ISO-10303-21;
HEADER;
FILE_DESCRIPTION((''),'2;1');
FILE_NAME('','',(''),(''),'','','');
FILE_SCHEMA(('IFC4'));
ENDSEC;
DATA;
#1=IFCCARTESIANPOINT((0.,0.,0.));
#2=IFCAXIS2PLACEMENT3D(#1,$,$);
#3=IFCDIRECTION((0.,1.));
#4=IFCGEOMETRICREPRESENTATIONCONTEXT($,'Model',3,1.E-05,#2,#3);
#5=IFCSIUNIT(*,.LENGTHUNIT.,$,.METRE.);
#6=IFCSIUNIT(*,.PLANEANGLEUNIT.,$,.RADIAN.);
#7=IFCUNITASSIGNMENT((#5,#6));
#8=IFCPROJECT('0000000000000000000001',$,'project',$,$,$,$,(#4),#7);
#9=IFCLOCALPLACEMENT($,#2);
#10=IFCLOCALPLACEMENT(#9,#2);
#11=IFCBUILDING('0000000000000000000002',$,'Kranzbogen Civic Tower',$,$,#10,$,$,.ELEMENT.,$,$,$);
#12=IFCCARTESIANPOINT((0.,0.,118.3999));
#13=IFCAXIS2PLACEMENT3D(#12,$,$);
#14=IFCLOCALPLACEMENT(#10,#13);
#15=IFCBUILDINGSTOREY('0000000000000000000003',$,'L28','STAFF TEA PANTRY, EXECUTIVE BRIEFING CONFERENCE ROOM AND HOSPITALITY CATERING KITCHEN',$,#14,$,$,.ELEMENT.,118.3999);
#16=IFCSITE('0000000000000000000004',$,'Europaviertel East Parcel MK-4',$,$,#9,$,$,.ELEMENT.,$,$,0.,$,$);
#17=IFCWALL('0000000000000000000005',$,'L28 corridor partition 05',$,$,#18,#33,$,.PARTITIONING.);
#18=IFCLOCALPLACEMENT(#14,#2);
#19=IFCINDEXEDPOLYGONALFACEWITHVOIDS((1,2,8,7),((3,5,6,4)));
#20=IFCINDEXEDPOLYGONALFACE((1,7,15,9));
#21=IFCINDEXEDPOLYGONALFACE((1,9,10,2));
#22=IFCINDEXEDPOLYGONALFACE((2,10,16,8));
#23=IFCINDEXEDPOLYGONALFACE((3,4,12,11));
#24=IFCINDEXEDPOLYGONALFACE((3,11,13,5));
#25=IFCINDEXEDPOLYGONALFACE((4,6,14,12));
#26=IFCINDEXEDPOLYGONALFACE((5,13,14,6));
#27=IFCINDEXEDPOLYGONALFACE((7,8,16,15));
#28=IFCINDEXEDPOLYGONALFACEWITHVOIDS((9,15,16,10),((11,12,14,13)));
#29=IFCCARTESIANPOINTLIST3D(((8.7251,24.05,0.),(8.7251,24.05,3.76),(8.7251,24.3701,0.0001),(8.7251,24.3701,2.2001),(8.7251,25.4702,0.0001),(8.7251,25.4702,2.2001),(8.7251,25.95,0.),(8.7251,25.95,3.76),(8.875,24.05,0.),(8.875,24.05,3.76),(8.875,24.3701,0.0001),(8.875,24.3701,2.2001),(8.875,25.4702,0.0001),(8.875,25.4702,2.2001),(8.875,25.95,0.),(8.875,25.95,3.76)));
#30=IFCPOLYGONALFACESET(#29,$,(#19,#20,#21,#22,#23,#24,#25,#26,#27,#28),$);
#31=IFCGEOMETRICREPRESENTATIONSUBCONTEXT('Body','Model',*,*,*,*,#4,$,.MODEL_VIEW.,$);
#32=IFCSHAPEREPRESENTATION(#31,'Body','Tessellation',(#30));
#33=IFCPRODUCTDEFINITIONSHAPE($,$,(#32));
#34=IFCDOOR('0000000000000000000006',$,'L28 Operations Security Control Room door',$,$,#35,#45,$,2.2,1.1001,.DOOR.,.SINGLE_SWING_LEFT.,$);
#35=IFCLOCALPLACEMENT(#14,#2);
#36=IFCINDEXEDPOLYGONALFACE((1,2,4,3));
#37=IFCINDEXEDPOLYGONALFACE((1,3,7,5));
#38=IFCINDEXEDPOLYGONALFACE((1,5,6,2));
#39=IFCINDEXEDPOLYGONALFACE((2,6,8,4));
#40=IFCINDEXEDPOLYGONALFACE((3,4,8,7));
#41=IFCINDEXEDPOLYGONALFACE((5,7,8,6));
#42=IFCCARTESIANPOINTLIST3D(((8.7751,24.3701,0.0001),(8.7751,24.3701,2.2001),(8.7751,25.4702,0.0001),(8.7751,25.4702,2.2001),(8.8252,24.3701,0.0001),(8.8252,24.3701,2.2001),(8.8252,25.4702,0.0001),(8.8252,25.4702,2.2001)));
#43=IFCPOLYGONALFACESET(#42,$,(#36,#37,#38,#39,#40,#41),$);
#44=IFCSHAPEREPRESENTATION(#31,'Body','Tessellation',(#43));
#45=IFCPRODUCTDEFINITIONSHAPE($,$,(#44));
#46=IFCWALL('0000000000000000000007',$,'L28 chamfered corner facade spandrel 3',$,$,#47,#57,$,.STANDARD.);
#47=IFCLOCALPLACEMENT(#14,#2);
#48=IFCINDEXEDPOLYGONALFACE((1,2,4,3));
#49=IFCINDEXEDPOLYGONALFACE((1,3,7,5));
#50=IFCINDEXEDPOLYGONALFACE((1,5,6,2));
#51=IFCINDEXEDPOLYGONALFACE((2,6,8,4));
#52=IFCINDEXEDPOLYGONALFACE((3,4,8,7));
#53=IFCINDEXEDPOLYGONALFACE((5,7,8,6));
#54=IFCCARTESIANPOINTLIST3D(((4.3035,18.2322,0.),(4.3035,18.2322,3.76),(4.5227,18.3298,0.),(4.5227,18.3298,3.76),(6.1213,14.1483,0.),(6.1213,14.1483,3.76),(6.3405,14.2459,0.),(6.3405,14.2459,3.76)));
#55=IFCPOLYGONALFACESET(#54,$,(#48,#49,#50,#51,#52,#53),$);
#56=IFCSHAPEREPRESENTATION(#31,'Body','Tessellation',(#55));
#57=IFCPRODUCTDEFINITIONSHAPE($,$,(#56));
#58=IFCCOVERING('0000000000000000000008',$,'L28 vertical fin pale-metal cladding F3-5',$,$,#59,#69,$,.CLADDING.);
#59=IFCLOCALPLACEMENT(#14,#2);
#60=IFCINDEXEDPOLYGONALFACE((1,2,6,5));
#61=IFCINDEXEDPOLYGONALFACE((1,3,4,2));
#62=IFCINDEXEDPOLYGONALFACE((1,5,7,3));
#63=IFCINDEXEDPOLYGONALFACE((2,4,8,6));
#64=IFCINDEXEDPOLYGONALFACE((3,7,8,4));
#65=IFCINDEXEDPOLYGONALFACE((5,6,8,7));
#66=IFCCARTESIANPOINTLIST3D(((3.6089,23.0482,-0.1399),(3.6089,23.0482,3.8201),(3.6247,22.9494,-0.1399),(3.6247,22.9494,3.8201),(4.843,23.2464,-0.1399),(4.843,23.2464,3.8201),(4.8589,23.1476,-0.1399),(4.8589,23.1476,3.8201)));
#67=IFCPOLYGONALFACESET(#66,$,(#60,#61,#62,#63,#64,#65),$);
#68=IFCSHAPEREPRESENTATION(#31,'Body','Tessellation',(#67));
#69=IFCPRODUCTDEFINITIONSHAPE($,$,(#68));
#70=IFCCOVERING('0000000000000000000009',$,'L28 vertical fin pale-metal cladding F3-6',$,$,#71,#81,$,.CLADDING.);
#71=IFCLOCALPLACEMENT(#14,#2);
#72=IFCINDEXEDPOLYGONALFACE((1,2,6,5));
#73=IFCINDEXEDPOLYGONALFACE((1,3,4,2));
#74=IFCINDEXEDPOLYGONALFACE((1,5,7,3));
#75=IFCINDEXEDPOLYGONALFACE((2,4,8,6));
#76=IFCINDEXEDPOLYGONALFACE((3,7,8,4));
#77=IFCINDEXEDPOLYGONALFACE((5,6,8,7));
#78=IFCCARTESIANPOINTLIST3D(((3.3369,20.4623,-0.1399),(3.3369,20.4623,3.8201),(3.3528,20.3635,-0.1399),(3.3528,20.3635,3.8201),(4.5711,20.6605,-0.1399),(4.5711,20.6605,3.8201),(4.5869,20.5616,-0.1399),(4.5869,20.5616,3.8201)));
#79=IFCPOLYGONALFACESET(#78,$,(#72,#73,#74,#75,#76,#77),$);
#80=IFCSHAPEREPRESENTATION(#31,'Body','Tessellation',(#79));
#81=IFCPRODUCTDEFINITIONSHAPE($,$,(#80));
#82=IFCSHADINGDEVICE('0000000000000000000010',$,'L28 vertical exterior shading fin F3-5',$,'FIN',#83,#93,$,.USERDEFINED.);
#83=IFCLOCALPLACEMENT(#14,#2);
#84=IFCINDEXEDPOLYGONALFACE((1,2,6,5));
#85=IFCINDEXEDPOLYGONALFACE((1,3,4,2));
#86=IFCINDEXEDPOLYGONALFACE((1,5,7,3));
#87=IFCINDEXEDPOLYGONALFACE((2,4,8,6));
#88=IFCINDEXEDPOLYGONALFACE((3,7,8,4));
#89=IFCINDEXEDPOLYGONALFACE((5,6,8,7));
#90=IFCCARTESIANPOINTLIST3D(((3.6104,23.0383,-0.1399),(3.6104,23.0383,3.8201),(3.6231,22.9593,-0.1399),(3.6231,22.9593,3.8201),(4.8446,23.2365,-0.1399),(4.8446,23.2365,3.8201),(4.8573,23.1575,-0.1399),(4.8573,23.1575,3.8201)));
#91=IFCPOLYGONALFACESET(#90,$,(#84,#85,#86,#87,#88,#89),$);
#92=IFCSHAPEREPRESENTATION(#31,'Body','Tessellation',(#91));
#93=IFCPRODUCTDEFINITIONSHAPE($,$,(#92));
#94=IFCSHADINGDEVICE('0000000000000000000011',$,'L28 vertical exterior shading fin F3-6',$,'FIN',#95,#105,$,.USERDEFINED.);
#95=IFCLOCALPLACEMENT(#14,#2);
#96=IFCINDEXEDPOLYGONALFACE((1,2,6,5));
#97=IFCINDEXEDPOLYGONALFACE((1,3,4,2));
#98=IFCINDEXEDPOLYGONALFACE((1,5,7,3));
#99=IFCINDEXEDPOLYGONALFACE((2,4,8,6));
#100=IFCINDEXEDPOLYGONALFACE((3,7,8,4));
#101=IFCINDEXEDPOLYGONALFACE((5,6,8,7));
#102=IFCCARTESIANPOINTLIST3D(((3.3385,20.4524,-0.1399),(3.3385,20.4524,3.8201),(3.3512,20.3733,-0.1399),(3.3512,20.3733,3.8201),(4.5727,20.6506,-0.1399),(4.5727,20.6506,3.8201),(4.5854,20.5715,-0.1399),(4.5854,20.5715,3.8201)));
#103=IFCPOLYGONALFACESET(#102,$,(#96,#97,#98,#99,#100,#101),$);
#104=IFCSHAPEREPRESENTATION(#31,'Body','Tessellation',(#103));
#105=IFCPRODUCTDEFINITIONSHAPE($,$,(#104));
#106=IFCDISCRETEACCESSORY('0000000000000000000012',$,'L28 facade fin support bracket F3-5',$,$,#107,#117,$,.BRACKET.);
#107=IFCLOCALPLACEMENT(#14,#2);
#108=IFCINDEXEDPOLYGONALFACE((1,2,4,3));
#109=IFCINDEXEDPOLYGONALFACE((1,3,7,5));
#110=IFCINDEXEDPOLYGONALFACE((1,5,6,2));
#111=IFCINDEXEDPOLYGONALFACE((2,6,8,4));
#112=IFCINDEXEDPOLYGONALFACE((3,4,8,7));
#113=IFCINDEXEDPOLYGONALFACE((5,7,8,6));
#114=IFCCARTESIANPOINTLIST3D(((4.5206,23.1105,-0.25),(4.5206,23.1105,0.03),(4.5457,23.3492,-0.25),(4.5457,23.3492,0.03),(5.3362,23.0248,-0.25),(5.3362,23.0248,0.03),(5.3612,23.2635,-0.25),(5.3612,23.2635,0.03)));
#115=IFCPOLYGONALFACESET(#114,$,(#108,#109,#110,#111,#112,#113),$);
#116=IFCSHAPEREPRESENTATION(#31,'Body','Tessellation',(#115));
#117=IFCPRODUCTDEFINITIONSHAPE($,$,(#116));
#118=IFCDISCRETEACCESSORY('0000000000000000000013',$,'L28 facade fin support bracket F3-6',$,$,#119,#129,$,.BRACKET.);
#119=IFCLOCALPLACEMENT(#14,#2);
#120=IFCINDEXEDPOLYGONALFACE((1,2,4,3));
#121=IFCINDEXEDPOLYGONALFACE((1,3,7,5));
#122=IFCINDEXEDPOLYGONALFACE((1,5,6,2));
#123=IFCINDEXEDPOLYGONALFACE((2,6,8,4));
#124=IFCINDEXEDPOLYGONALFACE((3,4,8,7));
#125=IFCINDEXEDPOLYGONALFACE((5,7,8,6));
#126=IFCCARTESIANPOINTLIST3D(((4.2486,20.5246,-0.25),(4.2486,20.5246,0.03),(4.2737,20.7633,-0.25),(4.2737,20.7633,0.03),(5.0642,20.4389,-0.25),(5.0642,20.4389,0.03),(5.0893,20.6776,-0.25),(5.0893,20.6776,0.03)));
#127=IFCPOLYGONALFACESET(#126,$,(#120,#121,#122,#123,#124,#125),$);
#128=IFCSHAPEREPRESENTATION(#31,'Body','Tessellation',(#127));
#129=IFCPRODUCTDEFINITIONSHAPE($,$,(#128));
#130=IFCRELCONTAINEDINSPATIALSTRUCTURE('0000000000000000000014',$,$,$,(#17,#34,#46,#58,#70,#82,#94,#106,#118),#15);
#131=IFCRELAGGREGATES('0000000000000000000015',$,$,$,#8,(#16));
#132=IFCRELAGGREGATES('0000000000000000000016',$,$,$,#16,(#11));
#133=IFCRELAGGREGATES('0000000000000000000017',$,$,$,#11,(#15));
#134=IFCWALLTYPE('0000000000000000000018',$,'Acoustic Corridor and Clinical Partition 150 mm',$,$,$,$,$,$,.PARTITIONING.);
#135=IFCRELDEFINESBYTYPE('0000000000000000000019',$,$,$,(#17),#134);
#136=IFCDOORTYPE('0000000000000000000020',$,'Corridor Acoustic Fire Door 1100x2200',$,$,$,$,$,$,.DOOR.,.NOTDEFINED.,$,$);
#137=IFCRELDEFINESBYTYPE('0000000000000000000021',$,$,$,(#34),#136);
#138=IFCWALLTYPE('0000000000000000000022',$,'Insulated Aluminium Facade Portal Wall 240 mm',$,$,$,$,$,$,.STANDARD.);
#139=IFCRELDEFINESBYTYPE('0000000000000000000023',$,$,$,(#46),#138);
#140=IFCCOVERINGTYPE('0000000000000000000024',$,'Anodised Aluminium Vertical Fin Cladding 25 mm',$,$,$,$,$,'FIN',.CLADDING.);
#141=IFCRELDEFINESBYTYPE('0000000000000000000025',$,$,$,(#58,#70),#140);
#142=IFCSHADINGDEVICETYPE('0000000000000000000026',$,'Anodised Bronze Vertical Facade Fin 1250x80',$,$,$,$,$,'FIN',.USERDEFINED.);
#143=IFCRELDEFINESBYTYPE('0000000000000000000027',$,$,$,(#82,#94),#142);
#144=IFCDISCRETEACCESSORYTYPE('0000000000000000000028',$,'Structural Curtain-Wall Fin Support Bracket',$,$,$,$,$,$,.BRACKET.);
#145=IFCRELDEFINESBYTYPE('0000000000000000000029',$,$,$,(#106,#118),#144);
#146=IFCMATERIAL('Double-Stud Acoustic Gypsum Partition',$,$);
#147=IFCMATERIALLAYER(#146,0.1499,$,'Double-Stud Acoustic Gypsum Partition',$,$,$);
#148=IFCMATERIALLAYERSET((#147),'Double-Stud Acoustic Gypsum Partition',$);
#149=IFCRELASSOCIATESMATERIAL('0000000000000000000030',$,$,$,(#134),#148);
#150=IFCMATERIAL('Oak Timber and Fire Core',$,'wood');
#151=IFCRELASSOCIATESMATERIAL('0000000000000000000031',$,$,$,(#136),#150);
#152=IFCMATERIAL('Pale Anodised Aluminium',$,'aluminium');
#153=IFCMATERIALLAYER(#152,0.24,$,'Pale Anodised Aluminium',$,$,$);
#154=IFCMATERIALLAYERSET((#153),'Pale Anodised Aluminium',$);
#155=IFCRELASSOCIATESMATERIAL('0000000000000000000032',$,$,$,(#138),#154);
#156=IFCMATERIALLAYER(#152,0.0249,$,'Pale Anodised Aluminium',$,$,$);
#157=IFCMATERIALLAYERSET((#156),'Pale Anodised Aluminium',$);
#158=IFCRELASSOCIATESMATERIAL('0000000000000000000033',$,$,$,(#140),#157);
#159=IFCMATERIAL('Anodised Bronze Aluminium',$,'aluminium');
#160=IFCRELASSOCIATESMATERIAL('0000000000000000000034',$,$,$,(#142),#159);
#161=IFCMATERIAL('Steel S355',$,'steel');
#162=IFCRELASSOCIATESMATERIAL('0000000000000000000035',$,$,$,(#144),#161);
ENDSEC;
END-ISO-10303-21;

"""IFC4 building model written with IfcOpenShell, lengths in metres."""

from ifc_helpers import new_model, si_unit, direction, frame, frame_2d, origin, origin_2d, place, context, subcontext, project, spatial, rectangle, extrude, material, layer, layer_set, type_object, element, fill, save


model = new_model("IFC4")

# Units and contexts
model_context = context("Model", 3, precision=1e-05, world=origin(), true_north=direction((0.0, 1.0)))
body_context = subcontext(model_context, "Body", "Model", "MODEL_VIEW")
ifc_project = project(units=[si_unit("LENGTHUNIT", "METRE"), si_unit("PLANEANGLEUNIT", "RADIAN")], contexts=[model_context])

# Site, building, storey
site_placement = place(None, origin())
site = spatial("IfcSite", under=ifc_project, at=site_placement, Name="Europaviertel East Parcel MK-4", CompositionType="ELEMENT", RefElevation=0.0)
building_placement = place(site_placement, origin())
building = spatial("IfcBuilding", under=site, at=building_placement, Name="Kranzbogen Civic Tower", CompositionType="ELEMENT")
storey_placement = place(building_placement, frame((0.0, 0.0, 118.3999)))
storey = spatial("IfcBuildingStorey", under=building, at=storey_placement, Name="L28", Description="STAFF TEA PANTRY, EXECUTIVE BRIEFING CONFERENCE ROOM AND HOSPITALITY CATERING KITCHEN", CompositionType="ELEMENT", Elevation=118.3999)

# Shared definitions
ifc_material_1 = material(Name="Pale Anodised Aluminium", Category="aluminium")

# Shared definitions
ifc_material_2 = material(Name="Steel S355", Category="steel")

# Shared definitions
ifc_material_3 = material(Name="Double-Stud Acoustic Gypsum Partition")
ifc_layer_1 = layer(ifc_material_3, 0.1499, Name="Double-Stud Acoustic Gypsum Partition")
ifc_layer_set_1 = layer_set([ifc_layer_1], Name="Double-Stud Acoustic Gypsum Partition")
wall_type_1 = type_object("IfcWallType", Name="Acoustic Corridor and Clinical Partition 150 mm", PredefinedType="PARTITIONING", material=ifc_layer_set_1)

# Wall, opening, door
wall_1_placement = place(storey_placement, frame((8.8, 24.05, 0.0), z_axis=(0.0, 0.0, 1.0), x_axis=(0.0, 1.0, 0.0)))
wall_1 = element("IfcWall", 1, at=wall_1_placement, inside=storey, type_object=wall_type_1, Name="L28 corridor partition 05", PredefinedType="PARTITIONING", context=body_context, shape_type="SweptSolid", body=[
    extrude(rectangle(XDim=1.8999, YDim=0.1499, at=frame_2d((0.95, 0.0))), origin(), (0.0, 0.0, 1.0), 3.76),
])
opening_placement = place(wall_1_placement, frame((0.3201, 0.0, 0.0)))
opening = element("IfcOpeningElement", 2, at=opening_placement, cuts=wall_1, PredefinedType="OPENING", context=body_context, shape_type="SweptSolid", body=[
    extrude(rectangle(XDim=1.1001, YDim=2.2, at=frame_2d((0.55, 1.1001))), frame((0.0, 0.085, 0.0), z_axis=(0.0, -1.0, 0.0), x_axis=(1.0, 0.0, 0.0)), (0.0, 0.0, 1.0), 0.1699),
])
ifc_material_4 = material(Name="Oak Timber and Fire Core", Category="wood")
door_type = type_object("IfcDoorType", Name="Corridor Acoustic Fire Door 1100x2200", OperationType="NOTDEFINED", PredefinedType="DOOR", material=ifc_material_4)
door_placement = place(opening_placement, origin())
door = element("IfcDoor", 3, at=door_placement, inside=storey, type_object=door_type, Name="L28 Operations Security Control Room door", OperationType="SINGLE_SWING_LEFT", OverallHeight=2.2, OverallWidth=1.1001, PredefinedType="DOOR", context=body_context, shape_type="SweptSolid", body=[
    extrude(rectangle(XDim=1.1001, YDim=2.2, at=frame_2d((0.55, 1.1001))), frame((0.0, 0.0249, 0.0), z_axis=(0.0, -1.0, 0.0), x_axis=(1.0, 0.0, 0.0)), (0.0, 0.0, 1.0), 0.05),
])
fill(opening, door)

# Wall
ifc_layer_2 = layer(ifc_material_1, 0.24, Name="Pale Anodised Aluminium")
ifc_layer_set_2 = layer_set([ifc_layer_2], Name="Pale Anodised Aluminium")
wall_type_2 = type_object("IfcWallType", Name="Insulated Aluminium Facade Portal Wall 240 mm", PredefinedType="STANDARD", material=ifc_layer_set_2)
wall_2_placement = place(storey_placement, frame((4.4131, 18.281, 0.0), z_axis=(0.0, 0.0, 1.0), x_axis=(0.406655, -0.913582, 0.0)))
element("IfcWall", 4, at=wall_2_placement, inside=storey, type_object=wall_type_2, Name="L28 chamfered corner facade spandrel 3", PredefinedType="STANDARD", context=body_context, shape_type="SweptSolid", body=[
    extrude(rectangle(XDim=4.4702, YDim=0.24, at=frame_2d((2.2351, 0.0))), origin(), (0.0, 0.0, 1.0), 3.76),
])

# Coverings
ifc_layer_3 = layer(ifc_material_1, 0.0249, Name="Pale Anodised Aluminium")
ifc_layer_set_3 = layer_set([ifc_layer_3], Name="Pale Anodised Aluminium")
covering_type = type_object("IfcCoveringType", Name="Anodised Aluminium Vertical Fin Cladding 25 mm", ElementType="FIN", PredefinedType="CLADDING", material=ifc_layer_set_3)
for number, where, z_axis, x_axis, name in (
    (5, (4.2339, 23.0979, -0.1399), (0.0, 0.0, 1.0), (-0.98735, -0.158554, 0.0), "L28 vertical fin pale-metal cladding F3-5"),
    (6, (3.9619, 20.512, -0.1399), (0.0, 0.0, 1.0), (-0.98735, -0.158554, 0.0), "L28 vertical fin pale-metal cladding F3-6"),
):
    element("IfcCovering", number, at=place(storey_placement, frame(where, z_axis=z_axis, x_axis=x_axis)), inside=storey, type_object=covering_type, Name=name, PredefinedType="CLADDING", context=body_context, shape_type="SweptSolid", body=[
        extrude(rectangle(XDim=1.25, YDim=0.1001, at=origin_2d()), origin(), (0.0, 0.0, 1.0), 3.96),
    ])

# Shading devices
ifc_material_5 = material(Name="Anodised Bronze Aluminium", Category="aluminium")
shading_device_type = type_object("IfcShadingDeviceType", Name="Anodised Bronze Vertical Facade Fin 1250x80", ElementType="FIN", PredefinedType="USERDEFINED", material=ifc_material_5)
for number, where, z_axis, x_axis, name in (
    (7, (4.2339, 23.0979, -0.1399), (0.0, 0.0, 1.0), (-0.98735, -0.158554, 0.0), "L28 vertical exterior shading fin F3-5"),
    (8, (3.9619, 20.512, -0.1399), (0.0, 0.0, 1.0), (-0.98735, -0.158554, 0.0), "L28 vertical exterior shading fin F3-6"),
):
    element("IfcShadingDevice", number, at=place(storey_placement, frame(where, z_axis=z_axis, x_axis=x_axis)), inside=storey, type_object=shading_device_type, Name=name, ObjectType="FIN", PredefinedType="USERDEFINED", context=body_context, shape_type="SweptSolid", body=[
        extrude(rectangle(XDim=1.25, YDim=0.0801, at=origin_2d()), origin(), (0.0, 0.0, 1.0), 3.96),
    ])

# Discrete accessories
discrete_accessory_type = type_object("IfcDiscreteAccessoryType", Name="Structural Curtain-Wall Fin Support Bracket", PredefinedType="BRACKET", material=ifc_material_2)
for number, where, z_axis, x_axis, name in (
    (9, (4.9409, 23.187, -0.25), (0.0, 0.0, 1.0), (-0.994522, 0.104528, 0.0), "L28 facade fin support bracket F3-5"),
    (10, (4.6689, 20.6011, -0.25), (0.0, 0.0, 1.0), (-0.994522, 0.104528, 0.0), "L28 facade fin support bracket F3-6"),
):
    element("IfcDiscreteAccessory", number, at=place(storey_placement, frame(where, z_axis=z_axis, x_axis=x_axis)), inside=storey, type_object=discrete_accessory_type, Name=name, PredefinedType="BRACKET", context=body_context, shape_type="SweptSolid", body=[
        extrude(rectangle(XDim=0.8201, YDim=0.24, at=origin_2d()), origin(), (0.0, 0.0, 1.0), 0.28),
    ])

save(model, "model.ifc")
